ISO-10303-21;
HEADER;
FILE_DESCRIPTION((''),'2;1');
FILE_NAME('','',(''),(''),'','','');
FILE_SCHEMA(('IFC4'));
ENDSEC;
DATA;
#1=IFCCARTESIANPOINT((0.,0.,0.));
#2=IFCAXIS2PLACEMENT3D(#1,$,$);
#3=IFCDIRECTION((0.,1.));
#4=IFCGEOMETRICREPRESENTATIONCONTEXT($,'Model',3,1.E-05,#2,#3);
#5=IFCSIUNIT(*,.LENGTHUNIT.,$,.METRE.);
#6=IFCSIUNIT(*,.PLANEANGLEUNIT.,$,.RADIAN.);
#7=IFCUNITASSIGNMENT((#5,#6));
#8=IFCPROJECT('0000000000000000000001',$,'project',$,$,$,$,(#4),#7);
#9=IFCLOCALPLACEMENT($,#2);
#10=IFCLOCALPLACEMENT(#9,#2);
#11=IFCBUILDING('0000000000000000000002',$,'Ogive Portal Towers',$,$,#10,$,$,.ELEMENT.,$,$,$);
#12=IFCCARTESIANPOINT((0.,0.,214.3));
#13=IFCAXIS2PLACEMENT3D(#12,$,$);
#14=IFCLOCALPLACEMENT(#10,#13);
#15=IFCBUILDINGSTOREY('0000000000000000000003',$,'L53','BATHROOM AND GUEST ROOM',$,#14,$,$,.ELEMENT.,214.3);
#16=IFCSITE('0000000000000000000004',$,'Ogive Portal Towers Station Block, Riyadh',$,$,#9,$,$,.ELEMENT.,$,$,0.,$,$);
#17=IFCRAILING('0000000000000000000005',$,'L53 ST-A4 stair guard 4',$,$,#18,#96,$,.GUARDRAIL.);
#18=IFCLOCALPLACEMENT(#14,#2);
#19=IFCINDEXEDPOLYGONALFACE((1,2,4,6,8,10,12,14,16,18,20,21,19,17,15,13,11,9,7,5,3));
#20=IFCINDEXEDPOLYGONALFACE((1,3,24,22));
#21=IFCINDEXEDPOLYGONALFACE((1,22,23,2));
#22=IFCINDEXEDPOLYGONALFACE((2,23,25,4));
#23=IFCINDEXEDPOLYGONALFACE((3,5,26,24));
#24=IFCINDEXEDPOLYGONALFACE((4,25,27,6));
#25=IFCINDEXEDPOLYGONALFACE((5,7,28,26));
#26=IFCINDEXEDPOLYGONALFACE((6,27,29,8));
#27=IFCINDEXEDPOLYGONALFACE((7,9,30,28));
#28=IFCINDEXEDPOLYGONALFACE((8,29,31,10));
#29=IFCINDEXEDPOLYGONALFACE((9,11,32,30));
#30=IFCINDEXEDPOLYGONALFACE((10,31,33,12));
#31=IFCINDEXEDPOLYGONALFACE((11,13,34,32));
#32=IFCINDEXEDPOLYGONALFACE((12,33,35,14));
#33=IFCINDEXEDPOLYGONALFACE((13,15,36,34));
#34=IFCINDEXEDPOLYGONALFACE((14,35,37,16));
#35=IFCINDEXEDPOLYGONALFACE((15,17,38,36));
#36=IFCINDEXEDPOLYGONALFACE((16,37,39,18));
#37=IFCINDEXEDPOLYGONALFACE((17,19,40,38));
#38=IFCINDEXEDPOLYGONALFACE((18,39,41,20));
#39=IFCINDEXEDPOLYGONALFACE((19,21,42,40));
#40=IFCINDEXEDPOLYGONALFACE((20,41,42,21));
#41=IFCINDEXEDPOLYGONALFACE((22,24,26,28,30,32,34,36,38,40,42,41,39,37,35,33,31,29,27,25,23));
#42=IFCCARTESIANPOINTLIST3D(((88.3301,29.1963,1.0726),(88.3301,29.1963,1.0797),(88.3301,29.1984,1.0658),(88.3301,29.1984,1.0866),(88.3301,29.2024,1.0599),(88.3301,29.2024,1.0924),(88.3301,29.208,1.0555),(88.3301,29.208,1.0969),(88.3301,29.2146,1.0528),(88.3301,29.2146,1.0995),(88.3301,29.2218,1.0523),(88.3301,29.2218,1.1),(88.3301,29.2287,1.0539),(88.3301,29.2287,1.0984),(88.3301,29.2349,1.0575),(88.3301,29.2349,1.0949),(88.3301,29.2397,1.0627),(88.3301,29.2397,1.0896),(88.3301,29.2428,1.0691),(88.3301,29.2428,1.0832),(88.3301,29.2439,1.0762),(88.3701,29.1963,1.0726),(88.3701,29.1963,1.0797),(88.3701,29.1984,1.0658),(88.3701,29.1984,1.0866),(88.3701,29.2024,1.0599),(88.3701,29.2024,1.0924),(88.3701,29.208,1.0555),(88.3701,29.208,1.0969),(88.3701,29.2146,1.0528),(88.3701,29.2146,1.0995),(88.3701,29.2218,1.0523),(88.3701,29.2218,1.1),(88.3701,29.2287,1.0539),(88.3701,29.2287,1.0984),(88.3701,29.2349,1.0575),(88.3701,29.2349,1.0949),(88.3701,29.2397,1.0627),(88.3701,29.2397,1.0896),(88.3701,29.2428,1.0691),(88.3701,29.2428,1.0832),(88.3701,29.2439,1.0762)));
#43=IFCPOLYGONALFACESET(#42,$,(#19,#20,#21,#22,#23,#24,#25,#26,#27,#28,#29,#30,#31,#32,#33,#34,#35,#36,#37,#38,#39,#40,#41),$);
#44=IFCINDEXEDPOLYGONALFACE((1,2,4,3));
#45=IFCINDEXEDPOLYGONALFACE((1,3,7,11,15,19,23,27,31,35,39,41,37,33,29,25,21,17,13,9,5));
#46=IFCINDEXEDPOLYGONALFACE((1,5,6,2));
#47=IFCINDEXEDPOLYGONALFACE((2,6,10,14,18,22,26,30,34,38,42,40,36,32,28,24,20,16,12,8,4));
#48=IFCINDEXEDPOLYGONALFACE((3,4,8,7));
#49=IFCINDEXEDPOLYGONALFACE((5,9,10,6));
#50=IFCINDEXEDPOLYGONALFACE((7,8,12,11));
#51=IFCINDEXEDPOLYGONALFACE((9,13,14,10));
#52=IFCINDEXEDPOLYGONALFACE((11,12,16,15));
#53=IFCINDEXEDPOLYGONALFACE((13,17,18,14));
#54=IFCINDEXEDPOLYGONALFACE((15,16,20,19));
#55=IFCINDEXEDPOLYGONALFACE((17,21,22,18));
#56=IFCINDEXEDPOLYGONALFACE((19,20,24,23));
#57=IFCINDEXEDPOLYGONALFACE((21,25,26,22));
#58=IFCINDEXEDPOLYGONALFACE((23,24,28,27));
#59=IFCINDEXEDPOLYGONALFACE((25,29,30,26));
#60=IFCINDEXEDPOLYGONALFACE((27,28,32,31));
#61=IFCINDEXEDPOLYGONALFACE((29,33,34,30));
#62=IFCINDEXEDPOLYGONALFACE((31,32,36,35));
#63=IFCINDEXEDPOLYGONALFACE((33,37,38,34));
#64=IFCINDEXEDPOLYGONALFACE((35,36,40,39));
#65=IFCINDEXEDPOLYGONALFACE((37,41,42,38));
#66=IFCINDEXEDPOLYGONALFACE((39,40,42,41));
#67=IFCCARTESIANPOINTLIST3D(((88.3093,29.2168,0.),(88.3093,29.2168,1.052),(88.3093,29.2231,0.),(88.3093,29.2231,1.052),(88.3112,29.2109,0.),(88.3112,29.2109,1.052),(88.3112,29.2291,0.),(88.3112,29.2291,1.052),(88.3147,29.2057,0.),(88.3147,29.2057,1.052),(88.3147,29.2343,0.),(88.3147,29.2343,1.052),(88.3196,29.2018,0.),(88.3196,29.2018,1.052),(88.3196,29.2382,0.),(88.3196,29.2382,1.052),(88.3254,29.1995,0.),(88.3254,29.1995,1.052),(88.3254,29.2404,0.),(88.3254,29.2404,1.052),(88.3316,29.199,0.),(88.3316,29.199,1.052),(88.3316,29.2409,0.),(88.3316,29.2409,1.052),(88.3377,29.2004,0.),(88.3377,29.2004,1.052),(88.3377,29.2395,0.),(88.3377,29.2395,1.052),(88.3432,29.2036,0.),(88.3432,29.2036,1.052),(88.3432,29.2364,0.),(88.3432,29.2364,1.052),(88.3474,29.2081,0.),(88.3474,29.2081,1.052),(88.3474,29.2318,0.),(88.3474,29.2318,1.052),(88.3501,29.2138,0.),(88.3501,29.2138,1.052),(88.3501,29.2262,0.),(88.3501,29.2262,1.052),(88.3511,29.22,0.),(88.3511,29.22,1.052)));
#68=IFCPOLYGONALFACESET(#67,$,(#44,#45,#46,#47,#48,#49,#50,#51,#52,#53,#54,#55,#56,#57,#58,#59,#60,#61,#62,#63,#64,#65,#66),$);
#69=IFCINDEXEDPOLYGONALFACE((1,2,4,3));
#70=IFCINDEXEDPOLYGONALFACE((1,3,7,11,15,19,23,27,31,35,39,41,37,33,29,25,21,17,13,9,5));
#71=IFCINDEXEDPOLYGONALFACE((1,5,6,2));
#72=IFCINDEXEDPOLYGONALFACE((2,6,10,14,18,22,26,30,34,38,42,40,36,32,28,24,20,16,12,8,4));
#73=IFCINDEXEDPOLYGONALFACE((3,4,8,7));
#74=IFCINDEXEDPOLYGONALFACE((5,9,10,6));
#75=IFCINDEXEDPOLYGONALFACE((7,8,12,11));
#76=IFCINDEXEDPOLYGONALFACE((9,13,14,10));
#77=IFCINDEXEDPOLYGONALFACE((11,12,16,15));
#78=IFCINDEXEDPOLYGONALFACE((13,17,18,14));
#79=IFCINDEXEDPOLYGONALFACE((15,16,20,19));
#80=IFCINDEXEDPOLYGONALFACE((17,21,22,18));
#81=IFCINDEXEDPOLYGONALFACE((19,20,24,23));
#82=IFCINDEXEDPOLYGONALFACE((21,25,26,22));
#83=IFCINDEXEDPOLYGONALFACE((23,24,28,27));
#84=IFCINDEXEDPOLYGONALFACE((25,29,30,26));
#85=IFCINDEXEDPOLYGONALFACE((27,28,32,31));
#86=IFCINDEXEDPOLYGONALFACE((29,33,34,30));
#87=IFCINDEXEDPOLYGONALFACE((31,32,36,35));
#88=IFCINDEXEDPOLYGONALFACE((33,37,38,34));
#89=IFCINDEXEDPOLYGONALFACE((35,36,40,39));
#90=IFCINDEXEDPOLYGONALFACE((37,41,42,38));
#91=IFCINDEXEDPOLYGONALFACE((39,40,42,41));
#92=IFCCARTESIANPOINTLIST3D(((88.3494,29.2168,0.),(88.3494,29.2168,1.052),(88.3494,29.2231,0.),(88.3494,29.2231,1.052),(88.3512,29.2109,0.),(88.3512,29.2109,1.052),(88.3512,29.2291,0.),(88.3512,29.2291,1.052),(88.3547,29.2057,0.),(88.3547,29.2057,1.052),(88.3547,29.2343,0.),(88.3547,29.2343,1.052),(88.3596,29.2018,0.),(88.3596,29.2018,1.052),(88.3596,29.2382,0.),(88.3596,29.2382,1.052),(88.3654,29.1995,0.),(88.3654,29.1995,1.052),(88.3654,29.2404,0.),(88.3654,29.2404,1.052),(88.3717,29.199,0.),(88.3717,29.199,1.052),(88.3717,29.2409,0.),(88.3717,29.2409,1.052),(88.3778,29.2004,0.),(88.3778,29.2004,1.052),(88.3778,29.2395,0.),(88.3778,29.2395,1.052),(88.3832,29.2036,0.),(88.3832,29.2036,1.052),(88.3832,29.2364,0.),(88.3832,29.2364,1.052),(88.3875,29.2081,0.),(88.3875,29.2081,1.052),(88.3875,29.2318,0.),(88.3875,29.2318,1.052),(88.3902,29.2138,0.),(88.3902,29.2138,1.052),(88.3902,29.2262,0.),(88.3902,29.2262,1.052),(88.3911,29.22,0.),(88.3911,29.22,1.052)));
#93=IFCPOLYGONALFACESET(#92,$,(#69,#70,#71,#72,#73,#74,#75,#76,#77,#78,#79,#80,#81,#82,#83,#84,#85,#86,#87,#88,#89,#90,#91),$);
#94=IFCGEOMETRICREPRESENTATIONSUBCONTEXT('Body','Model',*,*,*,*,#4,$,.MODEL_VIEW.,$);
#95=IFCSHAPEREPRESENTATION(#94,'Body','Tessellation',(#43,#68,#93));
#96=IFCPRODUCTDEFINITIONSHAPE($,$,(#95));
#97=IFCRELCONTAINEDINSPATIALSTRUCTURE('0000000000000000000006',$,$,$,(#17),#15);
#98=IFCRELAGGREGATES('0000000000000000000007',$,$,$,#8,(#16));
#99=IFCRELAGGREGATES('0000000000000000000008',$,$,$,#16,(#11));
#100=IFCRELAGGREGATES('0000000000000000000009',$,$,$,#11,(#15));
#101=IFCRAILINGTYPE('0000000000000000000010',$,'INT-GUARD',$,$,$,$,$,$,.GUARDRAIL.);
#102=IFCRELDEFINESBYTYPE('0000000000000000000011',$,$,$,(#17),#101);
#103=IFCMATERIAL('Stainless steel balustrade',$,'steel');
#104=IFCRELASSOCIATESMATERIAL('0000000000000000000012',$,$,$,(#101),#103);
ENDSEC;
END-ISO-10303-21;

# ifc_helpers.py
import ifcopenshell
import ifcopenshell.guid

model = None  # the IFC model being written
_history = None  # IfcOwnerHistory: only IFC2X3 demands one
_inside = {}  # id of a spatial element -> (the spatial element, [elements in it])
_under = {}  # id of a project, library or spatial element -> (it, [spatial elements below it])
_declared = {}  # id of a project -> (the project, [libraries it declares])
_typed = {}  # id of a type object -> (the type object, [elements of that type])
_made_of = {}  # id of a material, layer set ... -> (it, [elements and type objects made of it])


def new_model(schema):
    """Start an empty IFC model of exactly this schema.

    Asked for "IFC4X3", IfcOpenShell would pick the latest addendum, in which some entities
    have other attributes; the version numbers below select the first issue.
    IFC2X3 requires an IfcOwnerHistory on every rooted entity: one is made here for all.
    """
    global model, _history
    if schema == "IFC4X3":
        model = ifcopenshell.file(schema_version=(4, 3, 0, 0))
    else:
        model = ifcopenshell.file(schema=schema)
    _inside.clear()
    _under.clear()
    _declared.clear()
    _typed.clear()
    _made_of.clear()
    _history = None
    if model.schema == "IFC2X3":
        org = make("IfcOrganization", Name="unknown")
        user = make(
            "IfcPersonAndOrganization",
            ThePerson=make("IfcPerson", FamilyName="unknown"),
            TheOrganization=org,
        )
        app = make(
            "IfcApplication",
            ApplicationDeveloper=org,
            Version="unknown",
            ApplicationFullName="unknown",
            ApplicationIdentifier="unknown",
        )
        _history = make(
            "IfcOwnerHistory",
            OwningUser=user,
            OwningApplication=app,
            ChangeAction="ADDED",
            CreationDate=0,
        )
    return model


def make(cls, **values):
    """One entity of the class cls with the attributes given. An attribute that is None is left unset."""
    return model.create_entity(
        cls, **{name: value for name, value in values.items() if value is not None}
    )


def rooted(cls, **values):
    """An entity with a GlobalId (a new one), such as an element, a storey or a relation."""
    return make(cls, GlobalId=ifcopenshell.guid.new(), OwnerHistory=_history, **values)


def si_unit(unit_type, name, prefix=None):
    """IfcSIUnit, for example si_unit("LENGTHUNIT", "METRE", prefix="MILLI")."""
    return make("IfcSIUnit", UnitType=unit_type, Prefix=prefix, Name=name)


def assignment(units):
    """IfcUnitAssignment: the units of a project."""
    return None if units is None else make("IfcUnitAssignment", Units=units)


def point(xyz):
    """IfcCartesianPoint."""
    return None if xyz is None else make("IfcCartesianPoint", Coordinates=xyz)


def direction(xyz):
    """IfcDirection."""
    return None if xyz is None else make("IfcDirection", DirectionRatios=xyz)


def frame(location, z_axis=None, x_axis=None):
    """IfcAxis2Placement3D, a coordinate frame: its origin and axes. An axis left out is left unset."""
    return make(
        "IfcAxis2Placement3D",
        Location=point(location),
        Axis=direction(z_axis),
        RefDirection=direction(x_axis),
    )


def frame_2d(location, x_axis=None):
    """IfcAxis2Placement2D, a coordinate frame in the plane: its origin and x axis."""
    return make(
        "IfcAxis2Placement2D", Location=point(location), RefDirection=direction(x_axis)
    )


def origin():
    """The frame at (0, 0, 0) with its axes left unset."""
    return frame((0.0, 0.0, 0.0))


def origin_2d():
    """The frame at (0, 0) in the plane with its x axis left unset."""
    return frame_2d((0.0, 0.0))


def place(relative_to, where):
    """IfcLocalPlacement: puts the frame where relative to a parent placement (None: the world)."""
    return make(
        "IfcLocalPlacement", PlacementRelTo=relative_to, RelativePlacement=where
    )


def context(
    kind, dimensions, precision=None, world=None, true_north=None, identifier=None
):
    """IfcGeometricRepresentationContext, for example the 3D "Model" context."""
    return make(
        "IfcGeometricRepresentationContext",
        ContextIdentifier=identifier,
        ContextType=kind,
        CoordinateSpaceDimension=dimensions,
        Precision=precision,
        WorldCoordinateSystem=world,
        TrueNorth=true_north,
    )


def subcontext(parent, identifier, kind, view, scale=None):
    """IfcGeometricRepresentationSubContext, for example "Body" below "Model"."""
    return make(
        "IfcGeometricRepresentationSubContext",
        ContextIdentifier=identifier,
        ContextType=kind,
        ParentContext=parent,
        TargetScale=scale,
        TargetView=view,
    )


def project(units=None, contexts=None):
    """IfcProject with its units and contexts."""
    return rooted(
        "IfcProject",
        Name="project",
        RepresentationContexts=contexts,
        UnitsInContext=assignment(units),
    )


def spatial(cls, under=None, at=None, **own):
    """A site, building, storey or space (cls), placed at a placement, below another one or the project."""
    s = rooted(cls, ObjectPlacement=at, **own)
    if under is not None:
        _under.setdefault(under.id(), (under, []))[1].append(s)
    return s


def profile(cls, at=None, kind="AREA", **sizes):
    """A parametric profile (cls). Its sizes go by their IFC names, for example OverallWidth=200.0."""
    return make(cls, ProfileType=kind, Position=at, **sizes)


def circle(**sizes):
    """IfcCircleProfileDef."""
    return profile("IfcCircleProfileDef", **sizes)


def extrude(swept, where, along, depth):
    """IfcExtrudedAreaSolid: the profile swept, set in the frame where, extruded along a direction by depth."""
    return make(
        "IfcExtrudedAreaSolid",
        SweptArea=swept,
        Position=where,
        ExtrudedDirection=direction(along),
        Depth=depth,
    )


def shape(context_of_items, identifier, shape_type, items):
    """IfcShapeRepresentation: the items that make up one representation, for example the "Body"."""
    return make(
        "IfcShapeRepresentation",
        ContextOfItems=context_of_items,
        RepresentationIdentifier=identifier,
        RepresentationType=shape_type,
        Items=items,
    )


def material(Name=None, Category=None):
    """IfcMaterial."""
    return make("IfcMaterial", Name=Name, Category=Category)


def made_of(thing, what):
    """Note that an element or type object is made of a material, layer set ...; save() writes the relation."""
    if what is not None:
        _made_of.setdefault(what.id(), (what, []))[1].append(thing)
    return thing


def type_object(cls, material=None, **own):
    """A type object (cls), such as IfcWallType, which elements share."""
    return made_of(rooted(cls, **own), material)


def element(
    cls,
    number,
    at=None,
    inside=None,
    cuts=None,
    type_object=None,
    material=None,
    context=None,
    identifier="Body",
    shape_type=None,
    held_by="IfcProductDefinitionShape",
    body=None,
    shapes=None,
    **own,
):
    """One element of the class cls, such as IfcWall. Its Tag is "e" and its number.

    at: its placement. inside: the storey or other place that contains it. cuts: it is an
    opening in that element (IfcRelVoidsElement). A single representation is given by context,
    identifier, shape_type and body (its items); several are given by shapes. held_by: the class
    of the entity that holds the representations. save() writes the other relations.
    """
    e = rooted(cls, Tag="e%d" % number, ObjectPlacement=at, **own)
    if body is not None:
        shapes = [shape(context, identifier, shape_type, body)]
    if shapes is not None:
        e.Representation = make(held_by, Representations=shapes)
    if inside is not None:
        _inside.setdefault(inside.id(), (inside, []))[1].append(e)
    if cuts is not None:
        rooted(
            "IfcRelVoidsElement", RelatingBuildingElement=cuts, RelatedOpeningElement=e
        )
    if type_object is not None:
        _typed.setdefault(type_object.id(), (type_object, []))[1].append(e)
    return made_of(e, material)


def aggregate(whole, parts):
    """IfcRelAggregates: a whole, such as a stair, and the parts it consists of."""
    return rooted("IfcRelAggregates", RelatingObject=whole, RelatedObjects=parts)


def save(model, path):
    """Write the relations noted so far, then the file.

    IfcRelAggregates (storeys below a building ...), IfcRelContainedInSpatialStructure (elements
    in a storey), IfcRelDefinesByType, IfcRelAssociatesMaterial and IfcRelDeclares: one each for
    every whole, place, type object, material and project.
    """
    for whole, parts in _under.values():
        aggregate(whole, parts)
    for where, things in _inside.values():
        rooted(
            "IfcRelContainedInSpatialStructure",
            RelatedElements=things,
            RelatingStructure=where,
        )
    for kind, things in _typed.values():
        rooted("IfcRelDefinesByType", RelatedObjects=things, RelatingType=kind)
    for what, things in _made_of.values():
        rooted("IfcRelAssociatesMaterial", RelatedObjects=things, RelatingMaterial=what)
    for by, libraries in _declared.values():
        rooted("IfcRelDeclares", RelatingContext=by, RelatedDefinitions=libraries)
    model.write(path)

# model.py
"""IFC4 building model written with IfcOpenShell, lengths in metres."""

from ifc_helpers import new_model, si_unit, direction, frame, origin, origin_2d, place, context, subcontext, project, spatial, circle, extrude, material, type_object, element, save


model = new_model("IFC4")

# Units and contexts
model_context = context("Model", 3, precision=1e-05, world=origin(), true_north=direction((0.0, 1.0)))
body_context = subcontext(model_context, "Body", "Model", "MODEL_VIEW")
ifc_project = project(units=[si_unit("LENGTHUNIT", "METRE"), si_unit("PLANEANGLEUNIT", "RADIAN")], contexts=[model_context])

# Site, building, storey
site_placement = place(None, origin())
site = spatial("IfcSite", under=ifc_project, at=site_placement, Name="Ogive Portal Towers Station Block, Riyadh", CompositionType="ELEMENT", RefElevation=0.0)
building_placement = place(site_placement, origin())
building = spatial("IfcBuilding", under=site, at=building_placement, Name="Ogive Portal Towers", CompositionType="ELEMENT")
storey_placement = place(building_placement, frame((0.0, 0.0, 214.3)))
storey = spatial("IfcBuildingStorey", under=building, at=storey_placement, Name="L53", Description="BATHROOM AND GUEST ROOM", CompositionType="ELEMENT", Elevation=214.3)

# Railing
ifc_material_1 = material(Name="Stainless steel balustrade", Category="steel")
railing_type_1 = type_object("IfcRailingType", Name="INT-GUARD", PredefinedType="GUARDRAIL", material=ifc_material_1)
railing_1_placement = place(storey_placement, frame((88.3301, 29.22, 0.0)))
element("IfcRailing", 1, at=railing_1_placement, inside=storey, type_object=railing_type_1, Name="L53 ST-A4 stair guard 4", PredefinedType="GUARDRAIL", context=body_context, shape_type="SweptSolid", body=[
    extrude(circle(Radius=0.0239, at=origin_2d()), frame((0.0, 0.0, 1.0762), z_axis=(1.0, 0.0, 0.0), x_axis=(0.0, 1.0, 0.0)), (0.0, 0.0, 1.0), 0.04),
    extrude(circle(Radius=0.021, at=origin_2d()), origin(), (0.0, 0.0, 1.0), 1.052),
    extrude(circle(Radius=0.021, at=origin_2d()), frame((0.04, 0.0, 0.0)), (0.0, 0.0, 1.0), 1.052),
])

save(model, "model.ifc")
